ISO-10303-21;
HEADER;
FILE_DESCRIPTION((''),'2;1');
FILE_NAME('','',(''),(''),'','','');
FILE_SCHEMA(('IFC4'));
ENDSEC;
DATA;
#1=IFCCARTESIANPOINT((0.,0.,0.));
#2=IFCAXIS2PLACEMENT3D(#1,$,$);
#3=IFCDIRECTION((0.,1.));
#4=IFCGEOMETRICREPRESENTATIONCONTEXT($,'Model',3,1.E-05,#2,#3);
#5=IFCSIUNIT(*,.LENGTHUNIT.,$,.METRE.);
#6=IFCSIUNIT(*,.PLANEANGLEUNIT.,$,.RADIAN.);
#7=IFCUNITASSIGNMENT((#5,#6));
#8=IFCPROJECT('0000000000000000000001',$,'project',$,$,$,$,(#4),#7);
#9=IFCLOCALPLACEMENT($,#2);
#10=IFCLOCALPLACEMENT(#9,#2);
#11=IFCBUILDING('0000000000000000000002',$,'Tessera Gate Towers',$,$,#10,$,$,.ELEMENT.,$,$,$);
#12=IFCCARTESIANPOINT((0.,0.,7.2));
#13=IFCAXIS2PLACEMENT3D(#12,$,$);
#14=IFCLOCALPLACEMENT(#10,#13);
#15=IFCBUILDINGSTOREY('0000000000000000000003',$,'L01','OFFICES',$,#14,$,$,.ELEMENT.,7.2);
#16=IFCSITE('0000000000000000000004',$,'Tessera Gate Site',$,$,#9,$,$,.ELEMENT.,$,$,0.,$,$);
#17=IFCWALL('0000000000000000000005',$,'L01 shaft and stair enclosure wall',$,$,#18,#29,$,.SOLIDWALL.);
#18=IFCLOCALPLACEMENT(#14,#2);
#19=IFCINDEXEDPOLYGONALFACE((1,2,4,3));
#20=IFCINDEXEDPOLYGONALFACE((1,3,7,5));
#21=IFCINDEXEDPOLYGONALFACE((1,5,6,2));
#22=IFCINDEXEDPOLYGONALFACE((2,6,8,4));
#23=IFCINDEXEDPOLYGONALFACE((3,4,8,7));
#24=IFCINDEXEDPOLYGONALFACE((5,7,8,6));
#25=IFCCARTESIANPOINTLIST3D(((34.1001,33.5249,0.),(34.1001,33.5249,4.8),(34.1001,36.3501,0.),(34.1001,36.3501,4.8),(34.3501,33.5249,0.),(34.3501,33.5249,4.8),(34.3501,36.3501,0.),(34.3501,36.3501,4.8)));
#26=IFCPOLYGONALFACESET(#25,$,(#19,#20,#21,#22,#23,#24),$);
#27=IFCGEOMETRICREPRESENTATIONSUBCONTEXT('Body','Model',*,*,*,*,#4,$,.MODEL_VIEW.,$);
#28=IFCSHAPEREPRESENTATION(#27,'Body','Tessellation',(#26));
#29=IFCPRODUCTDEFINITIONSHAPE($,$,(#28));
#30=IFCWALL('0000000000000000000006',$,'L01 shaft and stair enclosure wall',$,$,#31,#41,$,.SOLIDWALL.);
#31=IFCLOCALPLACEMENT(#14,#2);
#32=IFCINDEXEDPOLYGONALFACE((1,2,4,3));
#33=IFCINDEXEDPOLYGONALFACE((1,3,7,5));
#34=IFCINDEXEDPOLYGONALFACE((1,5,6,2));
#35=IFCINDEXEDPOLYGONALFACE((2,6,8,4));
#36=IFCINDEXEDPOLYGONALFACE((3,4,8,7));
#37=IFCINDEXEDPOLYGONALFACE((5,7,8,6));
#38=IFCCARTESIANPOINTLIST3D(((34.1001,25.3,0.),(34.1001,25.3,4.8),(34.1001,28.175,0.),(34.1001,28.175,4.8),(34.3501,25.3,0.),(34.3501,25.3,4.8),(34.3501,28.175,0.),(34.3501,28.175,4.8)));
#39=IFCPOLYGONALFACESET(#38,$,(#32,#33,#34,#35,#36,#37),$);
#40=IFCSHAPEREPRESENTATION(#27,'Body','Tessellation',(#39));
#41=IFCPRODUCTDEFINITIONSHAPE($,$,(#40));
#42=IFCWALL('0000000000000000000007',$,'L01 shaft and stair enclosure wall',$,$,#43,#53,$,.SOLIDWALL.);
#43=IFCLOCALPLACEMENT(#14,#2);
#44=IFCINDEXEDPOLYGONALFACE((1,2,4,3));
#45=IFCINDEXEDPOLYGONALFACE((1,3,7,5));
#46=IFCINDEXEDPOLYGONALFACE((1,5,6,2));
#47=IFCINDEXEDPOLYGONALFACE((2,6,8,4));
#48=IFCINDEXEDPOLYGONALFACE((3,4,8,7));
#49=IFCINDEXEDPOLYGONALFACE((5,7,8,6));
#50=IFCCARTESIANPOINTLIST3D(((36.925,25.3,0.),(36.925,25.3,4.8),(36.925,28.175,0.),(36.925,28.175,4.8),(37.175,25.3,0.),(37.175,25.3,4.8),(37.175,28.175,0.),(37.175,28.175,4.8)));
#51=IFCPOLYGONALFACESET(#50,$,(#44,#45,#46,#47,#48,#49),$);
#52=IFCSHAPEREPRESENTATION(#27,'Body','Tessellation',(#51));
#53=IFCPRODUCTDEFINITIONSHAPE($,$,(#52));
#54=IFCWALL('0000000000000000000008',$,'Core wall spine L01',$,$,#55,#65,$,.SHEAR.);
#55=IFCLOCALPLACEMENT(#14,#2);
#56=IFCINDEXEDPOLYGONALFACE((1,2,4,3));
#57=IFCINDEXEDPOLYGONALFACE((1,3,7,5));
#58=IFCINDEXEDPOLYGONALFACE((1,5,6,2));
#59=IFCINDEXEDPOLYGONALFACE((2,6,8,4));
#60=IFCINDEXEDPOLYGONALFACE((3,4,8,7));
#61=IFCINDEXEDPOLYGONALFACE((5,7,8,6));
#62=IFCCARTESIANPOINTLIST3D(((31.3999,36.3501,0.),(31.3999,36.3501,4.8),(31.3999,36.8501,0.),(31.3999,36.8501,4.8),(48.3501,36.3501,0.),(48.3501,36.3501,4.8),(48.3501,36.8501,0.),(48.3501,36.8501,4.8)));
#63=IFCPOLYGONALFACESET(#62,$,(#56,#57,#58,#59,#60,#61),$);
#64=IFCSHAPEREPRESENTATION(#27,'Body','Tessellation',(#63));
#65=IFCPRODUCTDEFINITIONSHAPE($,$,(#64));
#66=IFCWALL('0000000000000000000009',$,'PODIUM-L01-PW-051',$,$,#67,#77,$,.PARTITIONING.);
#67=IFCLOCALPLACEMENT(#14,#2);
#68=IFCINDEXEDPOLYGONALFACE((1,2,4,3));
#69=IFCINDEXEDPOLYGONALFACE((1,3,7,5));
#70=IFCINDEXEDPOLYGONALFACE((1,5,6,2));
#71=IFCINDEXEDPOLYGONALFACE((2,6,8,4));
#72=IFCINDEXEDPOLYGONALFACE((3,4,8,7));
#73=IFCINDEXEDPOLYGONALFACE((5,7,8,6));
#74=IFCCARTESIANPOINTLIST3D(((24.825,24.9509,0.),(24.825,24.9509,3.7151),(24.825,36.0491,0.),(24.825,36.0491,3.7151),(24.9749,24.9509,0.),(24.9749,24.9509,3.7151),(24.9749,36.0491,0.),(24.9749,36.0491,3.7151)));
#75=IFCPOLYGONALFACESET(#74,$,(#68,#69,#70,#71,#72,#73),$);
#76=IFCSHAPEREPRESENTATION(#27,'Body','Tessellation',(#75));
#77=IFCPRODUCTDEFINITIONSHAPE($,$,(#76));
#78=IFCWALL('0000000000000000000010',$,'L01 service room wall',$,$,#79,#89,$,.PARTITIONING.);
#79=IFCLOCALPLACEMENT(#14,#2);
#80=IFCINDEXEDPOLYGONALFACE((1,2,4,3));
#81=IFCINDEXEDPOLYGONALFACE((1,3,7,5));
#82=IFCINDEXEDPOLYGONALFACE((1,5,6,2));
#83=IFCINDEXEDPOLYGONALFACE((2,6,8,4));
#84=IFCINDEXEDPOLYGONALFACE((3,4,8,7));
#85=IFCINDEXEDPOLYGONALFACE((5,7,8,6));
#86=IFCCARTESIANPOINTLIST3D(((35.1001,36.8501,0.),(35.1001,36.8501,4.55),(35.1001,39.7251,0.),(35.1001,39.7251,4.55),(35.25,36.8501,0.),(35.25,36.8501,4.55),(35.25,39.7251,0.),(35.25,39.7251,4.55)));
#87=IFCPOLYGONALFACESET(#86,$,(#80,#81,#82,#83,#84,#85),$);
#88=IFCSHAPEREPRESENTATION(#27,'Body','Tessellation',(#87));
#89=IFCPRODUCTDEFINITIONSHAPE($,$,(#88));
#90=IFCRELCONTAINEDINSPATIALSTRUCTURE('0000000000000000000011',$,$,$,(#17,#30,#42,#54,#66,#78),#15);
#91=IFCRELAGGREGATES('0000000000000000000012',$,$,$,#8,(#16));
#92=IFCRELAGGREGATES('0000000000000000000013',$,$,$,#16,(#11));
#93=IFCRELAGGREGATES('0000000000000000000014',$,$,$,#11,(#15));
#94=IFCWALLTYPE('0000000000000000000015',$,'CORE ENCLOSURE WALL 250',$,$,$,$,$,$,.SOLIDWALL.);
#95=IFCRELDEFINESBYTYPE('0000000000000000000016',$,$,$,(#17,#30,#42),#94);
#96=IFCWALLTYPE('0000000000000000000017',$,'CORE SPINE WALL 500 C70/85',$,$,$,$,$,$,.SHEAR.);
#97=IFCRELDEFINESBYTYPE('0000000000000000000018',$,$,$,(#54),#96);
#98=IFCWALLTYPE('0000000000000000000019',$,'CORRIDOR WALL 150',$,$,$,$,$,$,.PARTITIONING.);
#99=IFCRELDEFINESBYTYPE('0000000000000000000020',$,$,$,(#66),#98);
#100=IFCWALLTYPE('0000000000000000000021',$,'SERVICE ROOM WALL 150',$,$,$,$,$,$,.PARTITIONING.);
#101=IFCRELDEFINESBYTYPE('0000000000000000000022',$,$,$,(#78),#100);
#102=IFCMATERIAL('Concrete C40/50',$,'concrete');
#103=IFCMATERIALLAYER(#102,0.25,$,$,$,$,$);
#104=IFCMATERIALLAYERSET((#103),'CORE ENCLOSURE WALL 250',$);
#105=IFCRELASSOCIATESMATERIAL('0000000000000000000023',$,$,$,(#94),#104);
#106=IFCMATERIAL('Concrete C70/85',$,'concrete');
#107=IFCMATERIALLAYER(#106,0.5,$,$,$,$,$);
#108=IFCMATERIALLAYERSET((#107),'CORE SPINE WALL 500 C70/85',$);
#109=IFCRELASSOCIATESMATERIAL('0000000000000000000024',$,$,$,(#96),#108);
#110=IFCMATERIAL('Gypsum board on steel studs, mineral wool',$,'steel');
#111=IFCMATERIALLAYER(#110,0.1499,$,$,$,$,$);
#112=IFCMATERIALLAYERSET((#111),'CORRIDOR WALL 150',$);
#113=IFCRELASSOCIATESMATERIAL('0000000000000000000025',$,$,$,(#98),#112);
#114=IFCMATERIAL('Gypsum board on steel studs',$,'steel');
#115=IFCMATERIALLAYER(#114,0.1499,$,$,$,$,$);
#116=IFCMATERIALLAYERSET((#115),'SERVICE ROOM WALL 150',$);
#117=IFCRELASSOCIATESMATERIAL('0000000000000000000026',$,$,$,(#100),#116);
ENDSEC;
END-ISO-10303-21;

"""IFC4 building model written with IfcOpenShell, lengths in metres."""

from ifc_helpers import new_model, si_unit, direction, frame, frame_2d, origin, place, context, subcontext, project, spatial, rectangle, extrude, material, layer, layer_set, type_object, element, save


model = new_model("IFC4")

# Units and contexts
model_context = context("Model", 3, precision=1e-05, world=origin(), true_north=direction((0.0, 1.0)))
body_context = subcontext(model_context, "Body", "Model", "MODEL_VIEW")
ifc_project = project(units=[si_unit("LENGTHUNIT", "METRE"), si_unit("PLANEANGLEUNIT", "RADIAN")], contexts=[model_context])

# Site, building, storey
site_placement = place(None, origin())
site = spatial("IfcSite", under=ifc_project, at=site_placement, Name="Tessera Gate Site", CompositionType="ELEMENT", RefElevation=0.0)
building_placement = place(site_placement, origin())
building = spatial("IfcBuilding", under=site, at=building_placement, Name="Tessera Gate Towers", CompositionType="ELEMENT")
storey_placement = place(building_placement, frame((0.0, 0.0, 7.2)))
storey = spatial("IfcBuildingStorey", under=building, at=storey_placement, Name="L01", Description="OFFICES", CompositionType="ELEMENT", Elevation=7.2)

# Shared definitions
ifc_material_1 = material(Name="Concrete C40/50", Category="concrete")
ifc_layer_1 = layer(ifc_material_1, 0.25)
ifc_layer_set_1 = layer_set([ifc_layer_1], Name="CORE ENCLOSURE WALL 250")
wall_type_1 = type_object("IfcWallType", Name="CORE ENCLOSURE WALL 250", PredefinedType="SOLIDWALL", material=ifc_layer_set_1)

# Walls
wall_1_placement = place(storey_placement, frame((34.2251, 33.5249, 0.0), z_axis=(0.0, 0.0, 1.0), x_axis=(0.0, 1.0, 0.0)))
element("IfcWall", 1, at=wall_1_placement, inside=storey, type_object=wall_type_1, Name="L01 shaft and stair enclosure wall", PredefinedType="SOLIDWALL", context=body_context, shape_type="SweptSolid", body=[
    extrude(rectangle(XDim=2.8252, YDim=0.25, at=frame_2d((1.4126, 0.0))), origin(), (0.0, 0.0, 1.0), 4.8),
])
for number, where, z_axis, x_axis, name in (
    (2, (34.2251, 25.3, 0.0), (0.0, 0.0, 1.0), (0.0, 1.0, 0.0), "L01 shaft and stair enclosure wall"),
    (3, (37.05, 25.3, 0.0), (0.0, 0.0, 1.0), (0.0, 1.0, 0.0), "L01 shaft and stair enclosure wall"),
):
    element("IfcWall", number, at=place(storey_placement, frame(where, z_axis=z_axis, x_axis=x_axis)), inside=storey, type_object=wall_type_1, Name=name, PredefinedType="SOLIDWALL", context=body_context, shape_type="SweptSolid", body=[
        extrude(rectangle(XDim=2.875, YDim=0.25, at=frame_2d((1.4375, 0.0))), origin(), (0.0, 0.0, 1.0), 4.8),
    ])

# Walls
ifc_material_2 = material(Name="Concrete C70/85", Category="concrete")
ifc_layer_2 = layer(ifc_material_2, 0.5)
ifc_layer_set_2 = layer_set([ifc_layer_2], Name="CORE SPINE WALL 500 C70/85")
wall_type_2 = type_object("IfcWallType", Name="CORE SPINE WALL 500 C70/85", PredefinedType="SHEAR", material=ifc_layer_set_2)
wall_2_placement = place(storey_placement, frame((31.3999, 36.6001, 0.0), z_axis=(0.0, 0.0, 1.0), x_axis=(1.0, 0.0, 0.0)))
element("IfcWall", 4, at=wall_2_placement, inside=storey, type_object=wall_type_2, Name="Core wall spine L01", PredefinedType="SHEAR", context=body_context, shape_type="SweptSolid", body=[
    extrude(rectangle(XDim=16.9502, YDim=0.5, at=frame_2d((8.4751, 0.0))), origin(), (0.0, 0.0, 1.0), 4.8),
])
ifc_material_3 = material(Name="Gypsum board on steel studs, mineral wool", Category="steel")
ifc_layer_3 = layer(ifc_material_3, 0.1499)
ifc_layer_set_3 = layer_set([ifc_layer_3], Name="CORRIDOR WALL 150")
wall_type_3 = type_object("IfcWallType", Name="CORRIDOR WALL 150", PredefinedType="PARTITIONING", material=ifc_layer_set_3)
wall_3_placement = place(storey_placement, frame((24.8999, 24.9509, 0.0), z_axis=(0.0, 0.0, 1.0), x_axis=(0.0, 1.0, 0.0)))
element("IfcWall", 5, at=wall_3_placement, inside=storey, type_object=wall_type_3, Name="PODIUM-L01-PW-051", PredefinedType="PARTITIONING", context=body_context, shape_type="SweptSolid", body=[
    extrude(rectangle(XDim=11.0981, YDim=0.1499, at=frame_2d((5.5491, 0.0))), origin(), (0.0, 0.0, 1.0), 3.7151),
])
ifc_material_4 = material(Name="Gypsum board on steel studs", Category="steel")
ifc_layer_4 = layer(ifc_material_4, 0.1499)
ifc_layer_set_4 = layer_set([ifc_layer_4], Name="SERVICE ROOM WALL 150")
wall_type_4 = type_object("IfcWallType", Name="SERVICE ROOM WALL 150", PredefinedType="PARTITIONING", material=ifc_layer_set_4)
wall_4_placement = place(storey_placement, frame((35.175, 36.8501, 0.0), z_axis=(0.0, 0.0, 1.0), x_axis=(0.0, 1.0, 0.0)))
element("IfcWall", 6, at=wall_4_placement, inside=storey, type_object=wall_type_4, Name="L01 service room wall", PredefinedType="PARTITIONING", context=body_context, shape_type="SweptSolid", body=[
    extrude(rectangle(XDim=2.875, YDim=0.1499, at=frame_2d((1.4375, 0.0))), origin(), (0.0, 0.0, 1.0), 4.55),
])

save(model, "model.ifc")
